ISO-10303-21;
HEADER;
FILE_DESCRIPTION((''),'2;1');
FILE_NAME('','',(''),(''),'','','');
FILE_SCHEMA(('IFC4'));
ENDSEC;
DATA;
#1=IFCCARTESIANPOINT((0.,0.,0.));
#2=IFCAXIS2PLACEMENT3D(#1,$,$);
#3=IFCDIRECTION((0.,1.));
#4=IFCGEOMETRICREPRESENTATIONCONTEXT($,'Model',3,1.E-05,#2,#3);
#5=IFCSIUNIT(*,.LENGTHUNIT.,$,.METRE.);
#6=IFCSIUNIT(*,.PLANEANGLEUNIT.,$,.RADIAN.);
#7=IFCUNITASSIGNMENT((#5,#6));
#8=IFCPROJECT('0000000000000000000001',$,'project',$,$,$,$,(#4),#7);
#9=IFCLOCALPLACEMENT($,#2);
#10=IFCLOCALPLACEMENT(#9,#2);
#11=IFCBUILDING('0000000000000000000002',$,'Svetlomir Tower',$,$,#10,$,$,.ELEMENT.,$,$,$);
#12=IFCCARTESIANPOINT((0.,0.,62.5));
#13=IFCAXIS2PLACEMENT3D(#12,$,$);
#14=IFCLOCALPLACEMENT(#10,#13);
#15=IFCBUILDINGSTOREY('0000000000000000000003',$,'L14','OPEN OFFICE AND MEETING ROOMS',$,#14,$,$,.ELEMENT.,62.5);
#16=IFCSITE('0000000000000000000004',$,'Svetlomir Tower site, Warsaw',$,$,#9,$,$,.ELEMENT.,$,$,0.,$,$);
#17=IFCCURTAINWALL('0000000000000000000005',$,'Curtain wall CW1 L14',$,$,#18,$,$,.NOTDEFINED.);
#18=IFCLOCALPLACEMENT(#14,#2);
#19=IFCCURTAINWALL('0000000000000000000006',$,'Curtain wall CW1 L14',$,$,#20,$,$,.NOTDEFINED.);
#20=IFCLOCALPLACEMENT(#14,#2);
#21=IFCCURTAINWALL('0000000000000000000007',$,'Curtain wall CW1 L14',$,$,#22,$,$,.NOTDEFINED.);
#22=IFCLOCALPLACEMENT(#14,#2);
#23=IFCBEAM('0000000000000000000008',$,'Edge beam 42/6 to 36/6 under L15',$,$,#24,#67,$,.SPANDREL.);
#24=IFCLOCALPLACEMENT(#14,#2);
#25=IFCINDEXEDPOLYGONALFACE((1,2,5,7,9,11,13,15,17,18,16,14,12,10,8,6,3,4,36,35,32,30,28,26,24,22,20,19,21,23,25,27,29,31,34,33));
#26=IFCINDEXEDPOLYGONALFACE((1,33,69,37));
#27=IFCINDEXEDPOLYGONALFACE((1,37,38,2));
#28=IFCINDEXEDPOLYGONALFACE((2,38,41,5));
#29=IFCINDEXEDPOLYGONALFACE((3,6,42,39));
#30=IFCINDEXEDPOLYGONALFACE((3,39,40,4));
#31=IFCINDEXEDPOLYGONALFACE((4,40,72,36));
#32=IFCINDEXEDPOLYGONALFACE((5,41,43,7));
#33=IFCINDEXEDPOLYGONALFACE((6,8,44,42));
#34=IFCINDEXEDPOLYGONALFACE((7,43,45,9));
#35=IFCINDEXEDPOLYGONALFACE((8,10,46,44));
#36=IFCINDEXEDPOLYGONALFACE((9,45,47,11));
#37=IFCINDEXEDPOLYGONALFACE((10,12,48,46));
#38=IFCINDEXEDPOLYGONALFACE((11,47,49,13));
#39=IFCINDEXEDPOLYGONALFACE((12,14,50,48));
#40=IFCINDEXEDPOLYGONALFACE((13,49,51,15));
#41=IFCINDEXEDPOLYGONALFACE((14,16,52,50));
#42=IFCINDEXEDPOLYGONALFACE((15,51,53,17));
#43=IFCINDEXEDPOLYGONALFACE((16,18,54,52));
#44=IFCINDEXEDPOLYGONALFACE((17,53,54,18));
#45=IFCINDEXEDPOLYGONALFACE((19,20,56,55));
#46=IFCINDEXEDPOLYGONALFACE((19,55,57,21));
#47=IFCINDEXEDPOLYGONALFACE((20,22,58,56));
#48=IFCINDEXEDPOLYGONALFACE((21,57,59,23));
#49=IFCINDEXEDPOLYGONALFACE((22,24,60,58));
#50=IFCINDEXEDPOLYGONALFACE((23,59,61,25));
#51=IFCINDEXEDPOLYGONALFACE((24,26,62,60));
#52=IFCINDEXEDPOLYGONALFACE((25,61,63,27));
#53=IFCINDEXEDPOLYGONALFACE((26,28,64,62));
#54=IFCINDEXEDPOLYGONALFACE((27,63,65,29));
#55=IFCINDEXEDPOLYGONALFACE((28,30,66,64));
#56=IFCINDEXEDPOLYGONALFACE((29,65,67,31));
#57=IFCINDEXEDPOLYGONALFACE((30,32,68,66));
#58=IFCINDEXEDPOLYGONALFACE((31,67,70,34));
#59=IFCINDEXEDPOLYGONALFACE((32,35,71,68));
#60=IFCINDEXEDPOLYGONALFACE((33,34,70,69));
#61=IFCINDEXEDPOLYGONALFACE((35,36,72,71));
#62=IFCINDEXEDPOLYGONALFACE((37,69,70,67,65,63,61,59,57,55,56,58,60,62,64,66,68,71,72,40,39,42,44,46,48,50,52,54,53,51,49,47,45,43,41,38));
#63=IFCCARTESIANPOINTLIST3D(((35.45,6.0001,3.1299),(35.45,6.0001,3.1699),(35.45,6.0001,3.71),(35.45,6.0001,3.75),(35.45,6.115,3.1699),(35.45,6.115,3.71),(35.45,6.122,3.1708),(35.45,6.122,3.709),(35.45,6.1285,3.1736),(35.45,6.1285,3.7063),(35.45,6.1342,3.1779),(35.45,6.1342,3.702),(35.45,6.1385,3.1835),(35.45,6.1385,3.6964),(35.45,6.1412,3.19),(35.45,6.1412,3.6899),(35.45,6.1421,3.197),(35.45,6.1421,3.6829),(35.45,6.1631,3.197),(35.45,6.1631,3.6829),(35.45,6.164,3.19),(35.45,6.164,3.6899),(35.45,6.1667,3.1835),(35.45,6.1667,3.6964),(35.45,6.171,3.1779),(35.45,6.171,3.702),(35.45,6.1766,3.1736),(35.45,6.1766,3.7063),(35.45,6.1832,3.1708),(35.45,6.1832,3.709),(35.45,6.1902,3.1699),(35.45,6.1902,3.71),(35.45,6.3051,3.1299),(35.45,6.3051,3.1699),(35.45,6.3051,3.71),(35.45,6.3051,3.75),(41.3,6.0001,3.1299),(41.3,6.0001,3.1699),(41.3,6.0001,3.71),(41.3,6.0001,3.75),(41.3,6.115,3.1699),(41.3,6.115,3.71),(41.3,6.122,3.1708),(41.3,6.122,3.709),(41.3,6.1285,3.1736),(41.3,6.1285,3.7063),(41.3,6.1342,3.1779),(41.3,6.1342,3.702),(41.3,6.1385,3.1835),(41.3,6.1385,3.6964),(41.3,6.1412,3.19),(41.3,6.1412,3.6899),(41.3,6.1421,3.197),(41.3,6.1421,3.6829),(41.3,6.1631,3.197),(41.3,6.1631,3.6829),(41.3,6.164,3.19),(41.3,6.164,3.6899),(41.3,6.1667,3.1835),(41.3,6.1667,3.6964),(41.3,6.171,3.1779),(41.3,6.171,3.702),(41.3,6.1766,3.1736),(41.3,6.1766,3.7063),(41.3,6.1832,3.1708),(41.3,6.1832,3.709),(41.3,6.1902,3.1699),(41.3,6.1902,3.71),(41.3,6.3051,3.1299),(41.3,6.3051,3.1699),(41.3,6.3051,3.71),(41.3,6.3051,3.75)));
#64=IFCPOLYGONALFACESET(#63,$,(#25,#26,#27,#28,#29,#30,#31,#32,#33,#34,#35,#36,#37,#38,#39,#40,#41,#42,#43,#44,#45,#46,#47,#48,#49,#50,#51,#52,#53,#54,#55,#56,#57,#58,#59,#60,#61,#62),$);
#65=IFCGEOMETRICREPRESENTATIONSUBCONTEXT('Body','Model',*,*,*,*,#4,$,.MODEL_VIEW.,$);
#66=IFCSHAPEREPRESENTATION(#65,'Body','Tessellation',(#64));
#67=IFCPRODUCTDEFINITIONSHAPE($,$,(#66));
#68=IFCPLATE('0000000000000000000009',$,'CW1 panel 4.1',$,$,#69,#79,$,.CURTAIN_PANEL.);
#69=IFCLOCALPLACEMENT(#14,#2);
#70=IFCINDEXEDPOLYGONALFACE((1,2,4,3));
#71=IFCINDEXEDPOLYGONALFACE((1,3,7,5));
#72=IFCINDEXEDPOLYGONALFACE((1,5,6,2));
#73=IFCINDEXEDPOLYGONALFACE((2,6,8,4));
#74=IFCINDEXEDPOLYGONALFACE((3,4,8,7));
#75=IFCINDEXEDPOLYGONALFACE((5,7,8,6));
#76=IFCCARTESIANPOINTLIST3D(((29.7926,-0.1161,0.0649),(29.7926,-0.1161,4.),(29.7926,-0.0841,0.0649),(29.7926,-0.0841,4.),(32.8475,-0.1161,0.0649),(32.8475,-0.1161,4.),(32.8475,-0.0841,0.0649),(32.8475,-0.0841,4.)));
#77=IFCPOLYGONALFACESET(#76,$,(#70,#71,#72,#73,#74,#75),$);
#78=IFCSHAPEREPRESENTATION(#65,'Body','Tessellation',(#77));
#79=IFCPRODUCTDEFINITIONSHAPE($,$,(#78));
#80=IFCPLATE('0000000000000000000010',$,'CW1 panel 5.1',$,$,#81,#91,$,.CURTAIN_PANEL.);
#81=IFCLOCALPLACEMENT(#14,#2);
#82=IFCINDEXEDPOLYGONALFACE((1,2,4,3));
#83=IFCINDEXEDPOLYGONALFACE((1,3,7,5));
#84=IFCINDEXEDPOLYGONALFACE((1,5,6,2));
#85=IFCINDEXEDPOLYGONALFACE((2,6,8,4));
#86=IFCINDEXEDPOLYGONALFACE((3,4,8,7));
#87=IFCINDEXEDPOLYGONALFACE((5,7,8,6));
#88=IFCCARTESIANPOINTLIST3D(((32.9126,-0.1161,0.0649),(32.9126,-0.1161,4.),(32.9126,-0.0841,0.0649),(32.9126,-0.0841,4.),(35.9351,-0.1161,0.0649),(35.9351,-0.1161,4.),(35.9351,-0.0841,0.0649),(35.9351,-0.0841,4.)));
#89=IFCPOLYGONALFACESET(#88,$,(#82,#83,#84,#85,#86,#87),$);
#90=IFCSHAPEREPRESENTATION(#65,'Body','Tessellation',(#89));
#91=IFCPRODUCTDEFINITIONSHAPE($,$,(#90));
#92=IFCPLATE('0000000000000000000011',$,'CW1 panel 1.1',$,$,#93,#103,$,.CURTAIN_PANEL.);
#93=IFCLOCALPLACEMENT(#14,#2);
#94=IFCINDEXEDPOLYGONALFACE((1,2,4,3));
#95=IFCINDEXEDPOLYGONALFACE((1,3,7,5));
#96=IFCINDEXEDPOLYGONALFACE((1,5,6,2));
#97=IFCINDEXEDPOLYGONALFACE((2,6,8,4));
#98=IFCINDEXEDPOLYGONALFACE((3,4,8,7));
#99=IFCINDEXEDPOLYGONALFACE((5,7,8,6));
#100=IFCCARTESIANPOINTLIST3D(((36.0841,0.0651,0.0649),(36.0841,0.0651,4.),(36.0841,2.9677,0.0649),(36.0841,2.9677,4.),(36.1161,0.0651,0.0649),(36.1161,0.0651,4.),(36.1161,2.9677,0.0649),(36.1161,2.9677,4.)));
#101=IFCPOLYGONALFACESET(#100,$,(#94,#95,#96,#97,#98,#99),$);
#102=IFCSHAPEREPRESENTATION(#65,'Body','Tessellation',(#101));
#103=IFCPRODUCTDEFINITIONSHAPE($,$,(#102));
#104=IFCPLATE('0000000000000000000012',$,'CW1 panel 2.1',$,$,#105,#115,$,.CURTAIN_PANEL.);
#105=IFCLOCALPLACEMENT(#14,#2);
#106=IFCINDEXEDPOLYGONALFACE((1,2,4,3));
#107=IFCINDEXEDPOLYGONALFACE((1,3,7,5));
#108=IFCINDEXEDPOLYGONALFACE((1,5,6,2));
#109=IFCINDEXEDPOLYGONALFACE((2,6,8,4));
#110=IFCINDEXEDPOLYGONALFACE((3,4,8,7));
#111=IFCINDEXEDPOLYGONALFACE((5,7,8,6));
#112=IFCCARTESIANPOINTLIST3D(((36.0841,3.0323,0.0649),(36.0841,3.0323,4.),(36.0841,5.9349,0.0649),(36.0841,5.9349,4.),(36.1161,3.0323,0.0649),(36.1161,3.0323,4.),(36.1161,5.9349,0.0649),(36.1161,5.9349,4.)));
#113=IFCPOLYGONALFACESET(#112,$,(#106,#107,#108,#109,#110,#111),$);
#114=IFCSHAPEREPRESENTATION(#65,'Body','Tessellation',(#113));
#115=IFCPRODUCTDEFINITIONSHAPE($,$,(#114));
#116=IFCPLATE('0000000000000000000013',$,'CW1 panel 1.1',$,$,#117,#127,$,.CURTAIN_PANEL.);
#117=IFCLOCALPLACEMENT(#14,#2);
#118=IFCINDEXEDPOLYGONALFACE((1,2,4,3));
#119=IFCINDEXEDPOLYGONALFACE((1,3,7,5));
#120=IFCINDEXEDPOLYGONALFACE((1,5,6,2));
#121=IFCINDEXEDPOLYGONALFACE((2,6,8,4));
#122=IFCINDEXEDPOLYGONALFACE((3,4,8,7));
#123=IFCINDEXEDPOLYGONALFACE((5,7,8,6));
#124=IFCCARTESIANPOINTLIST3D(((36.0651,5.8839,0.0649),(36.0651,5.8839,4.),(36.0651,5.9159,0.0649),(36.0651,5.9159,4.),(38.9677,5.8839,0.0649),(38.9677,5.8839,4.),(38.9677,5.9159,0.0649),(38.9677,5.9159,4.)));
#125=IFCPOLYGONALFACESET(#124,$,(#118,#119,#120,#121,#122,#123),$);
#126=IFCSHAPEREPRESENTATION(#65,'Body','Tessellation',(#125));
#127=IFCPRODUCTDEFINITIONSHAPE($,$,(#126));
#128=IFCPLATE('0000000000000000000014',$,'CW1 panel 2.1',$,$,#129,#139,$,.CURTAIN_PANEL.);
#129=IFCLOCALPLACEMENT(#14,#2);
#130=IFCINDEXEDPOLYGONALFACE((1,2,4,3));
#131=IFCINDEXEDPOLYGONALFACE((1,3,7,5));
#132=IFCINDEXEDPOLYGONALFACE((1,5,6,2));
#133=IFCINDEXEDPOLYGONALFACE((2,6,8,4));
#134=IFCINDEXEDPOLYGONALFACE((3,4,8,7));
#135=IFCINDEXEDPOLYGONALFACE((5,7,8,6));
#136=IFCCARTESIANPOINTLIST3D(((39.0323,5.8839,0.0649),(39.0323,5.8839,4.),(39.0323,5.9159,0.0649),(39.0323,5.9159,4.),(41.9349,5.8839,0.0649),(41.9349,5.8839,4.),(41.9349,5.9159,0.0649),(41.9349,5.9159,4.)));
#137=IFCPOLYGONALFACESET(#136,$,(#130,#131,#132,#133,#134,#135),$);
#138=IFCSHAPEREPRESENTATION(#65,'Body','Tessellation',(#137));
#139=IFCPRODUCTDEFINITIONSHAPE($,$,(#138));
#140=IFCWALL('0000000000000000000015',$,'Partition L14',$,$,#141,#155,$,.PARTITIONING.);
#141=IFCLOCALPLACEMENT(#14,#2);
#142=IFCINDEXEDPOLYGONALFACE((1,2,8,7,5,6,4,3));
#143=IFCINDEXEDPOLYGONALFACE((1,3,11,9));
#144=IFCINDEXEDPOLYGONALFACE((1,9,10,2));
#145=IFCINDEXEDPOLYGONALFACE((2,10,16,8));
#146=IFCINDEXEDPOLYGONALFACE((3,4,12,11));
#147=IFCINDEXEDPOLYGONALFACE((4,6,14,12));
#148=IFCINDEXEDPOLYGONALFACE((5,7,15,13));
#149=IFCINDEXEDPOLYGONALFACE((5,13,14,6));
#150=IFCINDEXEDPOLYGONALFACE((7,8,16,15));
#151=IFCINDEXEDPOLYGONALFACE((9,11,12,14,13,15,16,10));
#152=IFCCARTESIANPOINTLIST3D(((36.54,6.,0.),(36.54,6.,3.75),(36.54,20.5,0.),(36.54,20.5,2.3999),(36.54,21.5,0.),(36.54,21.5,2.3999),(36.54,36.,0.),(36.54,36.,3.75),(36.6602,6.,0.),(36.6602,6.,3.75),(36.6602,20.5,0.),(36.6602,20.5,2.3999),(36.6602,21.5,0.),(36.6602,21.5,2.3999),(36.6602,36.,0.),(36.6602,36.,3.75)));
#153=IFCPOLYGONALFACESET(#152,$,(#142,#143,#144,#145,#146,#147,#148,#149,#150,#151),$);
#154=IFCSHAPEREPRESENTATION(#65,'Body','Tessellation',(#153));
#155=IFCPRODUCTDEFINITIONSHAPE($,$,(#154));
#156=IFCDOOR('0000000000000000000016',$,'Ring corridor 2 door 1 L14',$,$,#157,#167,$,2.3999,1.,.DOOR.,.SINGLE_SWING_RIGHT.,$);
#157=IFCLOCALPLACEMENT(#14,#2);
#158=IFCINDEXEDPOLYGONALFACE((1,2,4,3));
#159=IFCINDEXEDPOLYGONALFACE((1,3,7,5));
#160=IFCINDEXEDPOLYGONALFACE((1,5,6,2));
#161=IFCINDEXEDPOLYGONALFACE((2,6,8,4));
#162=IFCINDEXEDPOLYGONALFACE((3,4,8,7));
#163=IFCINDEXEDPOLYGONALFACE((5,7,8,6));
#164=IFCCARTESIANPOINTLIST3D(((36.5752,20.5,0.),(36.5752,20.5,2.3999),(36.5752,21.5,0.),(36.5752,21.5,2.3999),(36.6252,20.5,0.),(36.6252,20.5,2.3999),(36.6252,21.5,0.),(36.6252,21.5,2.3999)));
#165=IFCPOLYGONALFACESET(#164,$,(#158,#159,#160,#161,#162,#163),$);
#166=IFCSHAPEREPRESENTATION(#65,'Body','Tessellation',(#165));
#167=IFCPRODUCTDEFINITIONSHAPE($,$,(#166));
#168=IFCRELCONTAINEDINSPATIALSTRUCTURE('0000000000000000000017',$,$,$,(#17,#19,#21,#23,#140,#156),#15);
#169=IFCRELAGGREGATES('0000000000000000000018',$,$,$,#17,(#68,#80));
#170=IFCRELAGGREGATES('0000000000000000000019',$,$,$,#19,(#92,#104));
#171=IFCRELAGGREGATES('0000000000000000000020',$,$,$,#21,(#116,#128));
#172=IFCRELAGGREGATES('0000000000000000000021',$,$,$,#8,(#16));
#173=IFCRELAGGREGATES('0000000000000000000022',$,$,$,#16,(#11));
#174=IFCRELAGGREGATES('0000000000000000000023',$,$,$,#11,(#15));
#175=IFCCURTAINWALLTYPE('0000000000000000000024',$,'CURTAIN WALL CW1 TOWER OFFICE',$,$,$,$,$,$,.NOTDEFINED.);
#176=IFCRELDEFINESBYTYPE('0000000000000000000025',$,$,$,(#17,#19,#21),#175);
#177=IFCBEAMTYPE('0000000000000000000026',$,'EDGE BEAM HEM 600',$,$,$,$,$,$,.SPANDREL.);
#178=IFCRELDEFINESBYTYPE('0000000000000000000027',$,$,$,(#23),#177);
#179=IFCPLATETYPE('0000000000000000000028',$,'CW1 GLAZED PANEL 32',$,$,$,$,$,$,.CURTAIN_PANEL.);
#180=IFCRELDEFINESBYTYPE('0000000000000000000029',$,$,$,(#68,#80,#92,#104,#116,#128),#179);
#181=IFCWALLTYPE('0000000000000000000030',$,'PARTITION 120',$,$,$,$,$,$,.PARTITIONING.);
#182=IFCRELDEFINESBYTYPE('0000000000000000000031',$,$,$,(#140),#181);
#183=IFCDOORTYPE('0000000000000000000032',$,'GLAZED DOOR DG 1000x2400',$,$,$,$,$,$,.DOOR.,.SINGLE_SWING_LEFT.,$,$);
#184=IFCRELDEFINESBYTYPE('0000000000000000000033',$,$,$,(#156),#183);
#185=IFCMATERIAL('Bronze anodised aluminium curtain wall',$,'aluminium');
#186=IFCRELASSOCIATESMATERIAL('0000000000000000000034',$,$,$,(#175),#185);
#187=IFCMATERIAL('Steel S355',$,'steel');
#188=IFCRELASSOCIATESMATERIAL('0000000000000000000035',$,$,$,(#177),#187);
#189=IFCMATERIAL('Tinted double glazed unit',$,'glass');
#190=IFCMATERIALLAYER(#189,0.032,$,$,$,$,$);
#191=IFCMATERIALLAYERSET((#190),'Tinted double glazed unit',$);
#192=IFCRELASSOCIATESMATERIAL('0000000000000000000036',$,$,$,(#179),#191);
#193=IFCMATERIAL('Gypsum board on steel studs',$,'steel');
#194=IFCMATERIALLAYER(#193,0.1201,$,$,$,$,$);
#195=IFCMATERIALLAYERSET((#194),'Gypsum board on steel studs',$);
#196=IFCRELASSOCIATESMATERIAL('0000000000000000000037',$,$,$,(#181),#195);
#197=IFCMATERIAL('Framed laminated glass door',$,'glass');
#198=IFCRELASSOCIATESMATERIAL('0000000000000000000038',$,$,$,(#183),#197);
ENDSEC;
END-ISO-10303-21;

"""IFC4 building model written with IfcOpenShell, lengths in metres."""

from ifc_helpers import new_model, si_unit, direction, frame, frame_2d, origin, origin_2d, place, context, subcontext, project, spatial, rectangle, i_section, extrude, material, layer, layer_set, material_profile, profile_set, type_object, element, fill, aggregate, save


model = new_model("IFC4")

# Units and contexts
model_context = context("Model", 3, precision=1e-05, world=origin(), true_north=direction((0.0, 1.0)))
body_context = subcontext(model_context, "Body", "Model", "MODEL_VIEW")
ifc_project = project(units=[si_unit("LENGTHUNIT", "METRE"), si_unit("PLANEANGLEUNIT", "RADIAN")], contexts=[model_context])

# Site, building, storey
site_placement = place(None, origin())
site = spatial("IfcSite", under=ifc_project, at=site_placement, Name="Svetlomir Tower site, Warsaw", CompositionType="ELEMENT", RefElevation=0.0)
building_placement = place(site_placement, origin())
building = spatial("IfcBuilding", under=site, at=building_placement, Name="Svetlomir Tower", CompositionType="ELEMENT")
storey_placement = place(building_placement, frame((0.0, 0.0, 62.5)))
storey = spatial("IfcBuildingStorey", under=building, at=storey_placement, Name="L14", Description="OPEN OFFICE AND MEETING ROOMS", CompositionType="ELEMENT", Elevation=62.5)

# Curtain walls
ifc_material_1 = material(Name="Bronze anodised aluminium curtain wall", Category="aluminium")
curtain_wall_type = type_object("IfcCurtainWallType", Name="CURTAIN WALL CW1 TOWER OFFICE", PredefinedType="NOTDEFINED", material=ifc_material_1)
curtain_wall_1_placement = place(storey_placement, origin())
curtain_wall_1 = element("IfcCurtainWall", 1, at=curtain_wall_1_placement, inside=storey, type_object=curtain_wall_type, Name="Curtain wall CW1 L14", PredefinedType="NOTDEFINED")
curtain_wall_2_placement = place(storey_placement, origin())
curtain_wall_2 = element("IfcCurtainWall", 2, at=curtain_wall_2_placement, inside=storey, type_object=curtain_wall_type, Name="Curtain wall CW1 L14", PredefinedType="NOTDEFINED")
curtain_wall_3_placement = place(storey_placement, origin())
curtain_wall_3 = element("IfcCurtainWall", 3, at=curtain_wall_3_placement, inside=storey, type_object=curtain_wall_type, Name="Curtain wall CW1 L14", PredefinedType="NOTDEFINED")

# Beam
ifc_material_2 = material(Name="Steel S355", Category="steel")
ifc_material_profile_1 = material_profile(ifc_material_2, i_section(OverallWidth=0.3049, OverallDepth=0.6201, WebThickness=0.021, FlangeThickness=0.04, FilletRadius=0.0271, at=origin_2d()), Name="HEM 600")
ifc_profile_set_1 = profile_set([ifc_material_profile_1], Name="Steel S355")
beam_type = type_object("IfcBeamType", Name="EDGE BEAM HEM 600", PredefinedType="SPANDREL", material=ifc_profile_set_1)
for number, where, z_axis, x_axis, name in (
    (4, (41.3, 6.1526, 3.4399), (-1.0, 0.0, 0.0), (0.0, -1.0, 0.0), "Edge beam 42/6 to 36/6 under L15"),
):
    element("IfcBeam", number, at=place(storey_placement, frame(where, z_axis=z_axis, x_axis=x_axis)), inside=storey, type_object=beam_type, Name=name, PredefinedType="SPANDREL", context=body_context, shape_type="SweptSolid", body=[
        extrude(i_section(OverallWidth=0.3049, OverallDepth=0.6201, WebThickness=0.021, FlangeThickness=0.04, FilletRadius=0.0271, at=origin_2d()), origin(), (0.0, 0.0, 1.0), 5.8501),
    ])

# Plates
ifc_material_3 = material(Name="Tinted double glazed unit", Category="glass")
ifc_layer_1 = layer(ifc_material_3, 0.032)
ifc_layer_set_1 = layer_set([ifc_layer_1], Name="Tinted double glazed unit")
plate_type = type_object("IfcPlateType", Name="CW1 GLAZED PANEL 32", PredefinedType="CURTAIN_PANEL", material=ifc_layer_set_1)
plate_1_placement = place(storey_placement, frame((31.3201, -0.1001, 0.0649), z_axis=(0.0, 0.0, 1.0), x_axis=(1.0, 0.0, 0.0)))
plate_1 = element("IfcPlate", 5, at=plate_1_placement, type_object=plate_type, Name="CW1 panel 4.1", PredefinedType="CURTAIN_PANEL", context=body_context, shape_type="SweptSolid", body=[
    extrude(rectangle(XDim=3.0549, YDim=0.032, at=origin_2d()), origin(), (0.0, 0.0, 1.0), 3.9351),
])
plate_2_placement = place(storey_placement, frame((34.4238, -0.1001, 0.0649), z_axis=(0.0, 0.0, 1.0), x_axis=(1.0, 0.0, 0.0)))
plate_2 = element("IfcPlate", 6, at=plate_2_placement, type_object=plate_type, Name="CW1 panel 5.1", PredefinedType="CURTAIN_PANEL", context=body_context, shape_type="SweptSolid", body=[
    extrude(rectangle(XDim=3.0225, YDim=0.032, at=origin_2d()), origin(), (0.0, 0.0, 1.0), 3.9351),
])
aggregate(curtain_wall_1, [plate_1, plate_2])
plate_3_placement = place(storey_placement, frame((36.1001, 1.5164, 0.0649), z_axis=(0.0, 0.0, 1.0), x_axis=(0.0, 1.0, 0.0)))
plate_3 = element("IfcPlate", 7, at=plate_3_placement, type_object=plate_type, Name="CW1 panel 1.1", PredefinedType="CURTAIN_PANEL", context=body_context, shape_type="SweptSolid", body=[
    extrude(rectangle(XDim=2.9026, YDim=0.032, at=origin_2d()), origin(), (0.0, 0.0, 1.0), 3.9351),
])
plate_4_placement = place(storey_placement, frame((36.1001, 4.4836, 0.0649), z_axis=(0.0, 0.0, 1.0), x_axis=(0.0, 1.0, 0.0)))
plate_4 = element("IfcPlate", 8, at=plate_4_placement, type_object=plate_type, Name="CW1 panel 2.1", PredefinedType="CURTAIN_PANEL", context=body_context, shape_type="SweptSolid", body=[
    extrude(rectangle(XDim=2.9026, YDim=0.032, at=origin_2d()), origin(), (0.0, 0.0, 1.0), 3.9351),
])
aggregate(curtain_wall_2, [plate_3, plate_4])
plate_5_placement = place(storey_placement, frame((37.5164, 5.8999, 0.0649), z_axis=(0.0, 0.0, 1.0), x_axis=(1.0, 0.0, 0.0)))
plate_5 = element("IfcPlate", 9, at=plate_5_placement, type_object=plate_type, Name="CW1 panel 1.1", PredefinedType="CURTAIN_PANEL", context=body_context, shape_type="SweptSolid", body=[
    extrude(rectangle(XDim=2.9026, YDim=0.032, at=origin_2d()), origin(), (0.0, 0.0, 1.0), 3.9351),
])
plate_6_placement = place(storey_placement, frame((40.4836, 5.8999, 0.0649), z_axis=(0.0, 0.0, 1.0), x_axis=(1.0, 0.0, 0.0)))
plate_6 = element("IfcPlate", 10, at=plate_6_placement, type_object=plate_type, Name="CW1 panel 2.1", PredefinedType="CURTAIN_PANEL", context=body_context, shape_type="SweptSolid", body=[
    extrude(rectangle(XDim=2.9026, YDim=0.032, at=origin_2d()), origin(), (0.0, 0.0, 1.0), 3.9351),
])
aggregate(curtain_wall_3, [plate_5, plate_6])

# Wall, opening, door
ifc_material_4 = material(Name="Gypsum board on steel studs", Category="steel")
ifc_layer_2 = layer(ifc_material_4, 0.1201)
ifc_layer_set_2 = layer_set([ifc_layer_2], Name="Gypsum board on steel studs")
wall_type = type_object("IfcWallType", Name="PARTITION 120", PredefinedType="PARTITIONING", material=ifc_layer_set_2)
wall_placement = place(storey_placement, frame((36.6001, 6.0, 0.0), z_axis=(0.0, 0.0, 1.0), x_axis=(0.0, 1.0, 0.0)))
wall = element("IfcWall", 11, at=wall_placement, inside=storey, type_object=wall_type, Name="Partition L14", PredefinedType="PARTITIONING", context=body_context, shape_type="SweptSolid", body=[
    extrude(rectangle(XDim=30.0, YDim=0.1201, at=frame_2d((15.0, 0.0))), origin(), (0.0, 0.0, 1.0), 3.75),
])
opening_placement = place(wall_placement, frame((14.5, 0.0, 0.0)))
opening = element("IfcOpeningElement", 12, at=opening_placement, cuts=wall, PredefinedType="OPENING", context=body_context, shape_type="SweptSolid", body=[
    extrude(rectangle(XDim=1.0, YDim=2.3999, at=frame_2d((0.5, 1.2))), frame((0.0, 0.0701, 0.0), z_axis=(0.0, -1.0, 0.0), x_axis=(1.0, 0.0, 0.0)), (0.0, 0.0, 1.0), 0.1401),
])
ifc_material_5 = material(Name="Framed laminated glass door", Category="glass")
door_type = type_object("IfcDoorType", Name="GLAZED DOOR DG 1000x2400", OperationType="SINGLE_SWING_LEFT", PredefinedType="DOOR", material=ifc_material_5)
door_placement = place(opening_placement, origin())
door = element("IfcDoor", 13, at=door_placement, inside=storey, type_object=door_type, Name="Ring corridor 2 door 1 L14", OperationType="SINGLE_SWING_RIGHT", OverallHeight=2.3999, OverallWidth=1.0, PredefinedType="DOOR", context=body_context, shape_type="SweptSolid", body=[
    extrude(rectangle(XDim=1.0, YDim=2.3999, at=frame_2d((0.5, 1.2))), frame((0.0, 0.0249, 0.0), z_axis=(0.0, -1.0, 0.0), x_axis=(1.0, 0.0, 0.0)), (0.0, 0.0, 1.0), 0.05),
])
fill(opening, door)

save(model, "model.ifc")
